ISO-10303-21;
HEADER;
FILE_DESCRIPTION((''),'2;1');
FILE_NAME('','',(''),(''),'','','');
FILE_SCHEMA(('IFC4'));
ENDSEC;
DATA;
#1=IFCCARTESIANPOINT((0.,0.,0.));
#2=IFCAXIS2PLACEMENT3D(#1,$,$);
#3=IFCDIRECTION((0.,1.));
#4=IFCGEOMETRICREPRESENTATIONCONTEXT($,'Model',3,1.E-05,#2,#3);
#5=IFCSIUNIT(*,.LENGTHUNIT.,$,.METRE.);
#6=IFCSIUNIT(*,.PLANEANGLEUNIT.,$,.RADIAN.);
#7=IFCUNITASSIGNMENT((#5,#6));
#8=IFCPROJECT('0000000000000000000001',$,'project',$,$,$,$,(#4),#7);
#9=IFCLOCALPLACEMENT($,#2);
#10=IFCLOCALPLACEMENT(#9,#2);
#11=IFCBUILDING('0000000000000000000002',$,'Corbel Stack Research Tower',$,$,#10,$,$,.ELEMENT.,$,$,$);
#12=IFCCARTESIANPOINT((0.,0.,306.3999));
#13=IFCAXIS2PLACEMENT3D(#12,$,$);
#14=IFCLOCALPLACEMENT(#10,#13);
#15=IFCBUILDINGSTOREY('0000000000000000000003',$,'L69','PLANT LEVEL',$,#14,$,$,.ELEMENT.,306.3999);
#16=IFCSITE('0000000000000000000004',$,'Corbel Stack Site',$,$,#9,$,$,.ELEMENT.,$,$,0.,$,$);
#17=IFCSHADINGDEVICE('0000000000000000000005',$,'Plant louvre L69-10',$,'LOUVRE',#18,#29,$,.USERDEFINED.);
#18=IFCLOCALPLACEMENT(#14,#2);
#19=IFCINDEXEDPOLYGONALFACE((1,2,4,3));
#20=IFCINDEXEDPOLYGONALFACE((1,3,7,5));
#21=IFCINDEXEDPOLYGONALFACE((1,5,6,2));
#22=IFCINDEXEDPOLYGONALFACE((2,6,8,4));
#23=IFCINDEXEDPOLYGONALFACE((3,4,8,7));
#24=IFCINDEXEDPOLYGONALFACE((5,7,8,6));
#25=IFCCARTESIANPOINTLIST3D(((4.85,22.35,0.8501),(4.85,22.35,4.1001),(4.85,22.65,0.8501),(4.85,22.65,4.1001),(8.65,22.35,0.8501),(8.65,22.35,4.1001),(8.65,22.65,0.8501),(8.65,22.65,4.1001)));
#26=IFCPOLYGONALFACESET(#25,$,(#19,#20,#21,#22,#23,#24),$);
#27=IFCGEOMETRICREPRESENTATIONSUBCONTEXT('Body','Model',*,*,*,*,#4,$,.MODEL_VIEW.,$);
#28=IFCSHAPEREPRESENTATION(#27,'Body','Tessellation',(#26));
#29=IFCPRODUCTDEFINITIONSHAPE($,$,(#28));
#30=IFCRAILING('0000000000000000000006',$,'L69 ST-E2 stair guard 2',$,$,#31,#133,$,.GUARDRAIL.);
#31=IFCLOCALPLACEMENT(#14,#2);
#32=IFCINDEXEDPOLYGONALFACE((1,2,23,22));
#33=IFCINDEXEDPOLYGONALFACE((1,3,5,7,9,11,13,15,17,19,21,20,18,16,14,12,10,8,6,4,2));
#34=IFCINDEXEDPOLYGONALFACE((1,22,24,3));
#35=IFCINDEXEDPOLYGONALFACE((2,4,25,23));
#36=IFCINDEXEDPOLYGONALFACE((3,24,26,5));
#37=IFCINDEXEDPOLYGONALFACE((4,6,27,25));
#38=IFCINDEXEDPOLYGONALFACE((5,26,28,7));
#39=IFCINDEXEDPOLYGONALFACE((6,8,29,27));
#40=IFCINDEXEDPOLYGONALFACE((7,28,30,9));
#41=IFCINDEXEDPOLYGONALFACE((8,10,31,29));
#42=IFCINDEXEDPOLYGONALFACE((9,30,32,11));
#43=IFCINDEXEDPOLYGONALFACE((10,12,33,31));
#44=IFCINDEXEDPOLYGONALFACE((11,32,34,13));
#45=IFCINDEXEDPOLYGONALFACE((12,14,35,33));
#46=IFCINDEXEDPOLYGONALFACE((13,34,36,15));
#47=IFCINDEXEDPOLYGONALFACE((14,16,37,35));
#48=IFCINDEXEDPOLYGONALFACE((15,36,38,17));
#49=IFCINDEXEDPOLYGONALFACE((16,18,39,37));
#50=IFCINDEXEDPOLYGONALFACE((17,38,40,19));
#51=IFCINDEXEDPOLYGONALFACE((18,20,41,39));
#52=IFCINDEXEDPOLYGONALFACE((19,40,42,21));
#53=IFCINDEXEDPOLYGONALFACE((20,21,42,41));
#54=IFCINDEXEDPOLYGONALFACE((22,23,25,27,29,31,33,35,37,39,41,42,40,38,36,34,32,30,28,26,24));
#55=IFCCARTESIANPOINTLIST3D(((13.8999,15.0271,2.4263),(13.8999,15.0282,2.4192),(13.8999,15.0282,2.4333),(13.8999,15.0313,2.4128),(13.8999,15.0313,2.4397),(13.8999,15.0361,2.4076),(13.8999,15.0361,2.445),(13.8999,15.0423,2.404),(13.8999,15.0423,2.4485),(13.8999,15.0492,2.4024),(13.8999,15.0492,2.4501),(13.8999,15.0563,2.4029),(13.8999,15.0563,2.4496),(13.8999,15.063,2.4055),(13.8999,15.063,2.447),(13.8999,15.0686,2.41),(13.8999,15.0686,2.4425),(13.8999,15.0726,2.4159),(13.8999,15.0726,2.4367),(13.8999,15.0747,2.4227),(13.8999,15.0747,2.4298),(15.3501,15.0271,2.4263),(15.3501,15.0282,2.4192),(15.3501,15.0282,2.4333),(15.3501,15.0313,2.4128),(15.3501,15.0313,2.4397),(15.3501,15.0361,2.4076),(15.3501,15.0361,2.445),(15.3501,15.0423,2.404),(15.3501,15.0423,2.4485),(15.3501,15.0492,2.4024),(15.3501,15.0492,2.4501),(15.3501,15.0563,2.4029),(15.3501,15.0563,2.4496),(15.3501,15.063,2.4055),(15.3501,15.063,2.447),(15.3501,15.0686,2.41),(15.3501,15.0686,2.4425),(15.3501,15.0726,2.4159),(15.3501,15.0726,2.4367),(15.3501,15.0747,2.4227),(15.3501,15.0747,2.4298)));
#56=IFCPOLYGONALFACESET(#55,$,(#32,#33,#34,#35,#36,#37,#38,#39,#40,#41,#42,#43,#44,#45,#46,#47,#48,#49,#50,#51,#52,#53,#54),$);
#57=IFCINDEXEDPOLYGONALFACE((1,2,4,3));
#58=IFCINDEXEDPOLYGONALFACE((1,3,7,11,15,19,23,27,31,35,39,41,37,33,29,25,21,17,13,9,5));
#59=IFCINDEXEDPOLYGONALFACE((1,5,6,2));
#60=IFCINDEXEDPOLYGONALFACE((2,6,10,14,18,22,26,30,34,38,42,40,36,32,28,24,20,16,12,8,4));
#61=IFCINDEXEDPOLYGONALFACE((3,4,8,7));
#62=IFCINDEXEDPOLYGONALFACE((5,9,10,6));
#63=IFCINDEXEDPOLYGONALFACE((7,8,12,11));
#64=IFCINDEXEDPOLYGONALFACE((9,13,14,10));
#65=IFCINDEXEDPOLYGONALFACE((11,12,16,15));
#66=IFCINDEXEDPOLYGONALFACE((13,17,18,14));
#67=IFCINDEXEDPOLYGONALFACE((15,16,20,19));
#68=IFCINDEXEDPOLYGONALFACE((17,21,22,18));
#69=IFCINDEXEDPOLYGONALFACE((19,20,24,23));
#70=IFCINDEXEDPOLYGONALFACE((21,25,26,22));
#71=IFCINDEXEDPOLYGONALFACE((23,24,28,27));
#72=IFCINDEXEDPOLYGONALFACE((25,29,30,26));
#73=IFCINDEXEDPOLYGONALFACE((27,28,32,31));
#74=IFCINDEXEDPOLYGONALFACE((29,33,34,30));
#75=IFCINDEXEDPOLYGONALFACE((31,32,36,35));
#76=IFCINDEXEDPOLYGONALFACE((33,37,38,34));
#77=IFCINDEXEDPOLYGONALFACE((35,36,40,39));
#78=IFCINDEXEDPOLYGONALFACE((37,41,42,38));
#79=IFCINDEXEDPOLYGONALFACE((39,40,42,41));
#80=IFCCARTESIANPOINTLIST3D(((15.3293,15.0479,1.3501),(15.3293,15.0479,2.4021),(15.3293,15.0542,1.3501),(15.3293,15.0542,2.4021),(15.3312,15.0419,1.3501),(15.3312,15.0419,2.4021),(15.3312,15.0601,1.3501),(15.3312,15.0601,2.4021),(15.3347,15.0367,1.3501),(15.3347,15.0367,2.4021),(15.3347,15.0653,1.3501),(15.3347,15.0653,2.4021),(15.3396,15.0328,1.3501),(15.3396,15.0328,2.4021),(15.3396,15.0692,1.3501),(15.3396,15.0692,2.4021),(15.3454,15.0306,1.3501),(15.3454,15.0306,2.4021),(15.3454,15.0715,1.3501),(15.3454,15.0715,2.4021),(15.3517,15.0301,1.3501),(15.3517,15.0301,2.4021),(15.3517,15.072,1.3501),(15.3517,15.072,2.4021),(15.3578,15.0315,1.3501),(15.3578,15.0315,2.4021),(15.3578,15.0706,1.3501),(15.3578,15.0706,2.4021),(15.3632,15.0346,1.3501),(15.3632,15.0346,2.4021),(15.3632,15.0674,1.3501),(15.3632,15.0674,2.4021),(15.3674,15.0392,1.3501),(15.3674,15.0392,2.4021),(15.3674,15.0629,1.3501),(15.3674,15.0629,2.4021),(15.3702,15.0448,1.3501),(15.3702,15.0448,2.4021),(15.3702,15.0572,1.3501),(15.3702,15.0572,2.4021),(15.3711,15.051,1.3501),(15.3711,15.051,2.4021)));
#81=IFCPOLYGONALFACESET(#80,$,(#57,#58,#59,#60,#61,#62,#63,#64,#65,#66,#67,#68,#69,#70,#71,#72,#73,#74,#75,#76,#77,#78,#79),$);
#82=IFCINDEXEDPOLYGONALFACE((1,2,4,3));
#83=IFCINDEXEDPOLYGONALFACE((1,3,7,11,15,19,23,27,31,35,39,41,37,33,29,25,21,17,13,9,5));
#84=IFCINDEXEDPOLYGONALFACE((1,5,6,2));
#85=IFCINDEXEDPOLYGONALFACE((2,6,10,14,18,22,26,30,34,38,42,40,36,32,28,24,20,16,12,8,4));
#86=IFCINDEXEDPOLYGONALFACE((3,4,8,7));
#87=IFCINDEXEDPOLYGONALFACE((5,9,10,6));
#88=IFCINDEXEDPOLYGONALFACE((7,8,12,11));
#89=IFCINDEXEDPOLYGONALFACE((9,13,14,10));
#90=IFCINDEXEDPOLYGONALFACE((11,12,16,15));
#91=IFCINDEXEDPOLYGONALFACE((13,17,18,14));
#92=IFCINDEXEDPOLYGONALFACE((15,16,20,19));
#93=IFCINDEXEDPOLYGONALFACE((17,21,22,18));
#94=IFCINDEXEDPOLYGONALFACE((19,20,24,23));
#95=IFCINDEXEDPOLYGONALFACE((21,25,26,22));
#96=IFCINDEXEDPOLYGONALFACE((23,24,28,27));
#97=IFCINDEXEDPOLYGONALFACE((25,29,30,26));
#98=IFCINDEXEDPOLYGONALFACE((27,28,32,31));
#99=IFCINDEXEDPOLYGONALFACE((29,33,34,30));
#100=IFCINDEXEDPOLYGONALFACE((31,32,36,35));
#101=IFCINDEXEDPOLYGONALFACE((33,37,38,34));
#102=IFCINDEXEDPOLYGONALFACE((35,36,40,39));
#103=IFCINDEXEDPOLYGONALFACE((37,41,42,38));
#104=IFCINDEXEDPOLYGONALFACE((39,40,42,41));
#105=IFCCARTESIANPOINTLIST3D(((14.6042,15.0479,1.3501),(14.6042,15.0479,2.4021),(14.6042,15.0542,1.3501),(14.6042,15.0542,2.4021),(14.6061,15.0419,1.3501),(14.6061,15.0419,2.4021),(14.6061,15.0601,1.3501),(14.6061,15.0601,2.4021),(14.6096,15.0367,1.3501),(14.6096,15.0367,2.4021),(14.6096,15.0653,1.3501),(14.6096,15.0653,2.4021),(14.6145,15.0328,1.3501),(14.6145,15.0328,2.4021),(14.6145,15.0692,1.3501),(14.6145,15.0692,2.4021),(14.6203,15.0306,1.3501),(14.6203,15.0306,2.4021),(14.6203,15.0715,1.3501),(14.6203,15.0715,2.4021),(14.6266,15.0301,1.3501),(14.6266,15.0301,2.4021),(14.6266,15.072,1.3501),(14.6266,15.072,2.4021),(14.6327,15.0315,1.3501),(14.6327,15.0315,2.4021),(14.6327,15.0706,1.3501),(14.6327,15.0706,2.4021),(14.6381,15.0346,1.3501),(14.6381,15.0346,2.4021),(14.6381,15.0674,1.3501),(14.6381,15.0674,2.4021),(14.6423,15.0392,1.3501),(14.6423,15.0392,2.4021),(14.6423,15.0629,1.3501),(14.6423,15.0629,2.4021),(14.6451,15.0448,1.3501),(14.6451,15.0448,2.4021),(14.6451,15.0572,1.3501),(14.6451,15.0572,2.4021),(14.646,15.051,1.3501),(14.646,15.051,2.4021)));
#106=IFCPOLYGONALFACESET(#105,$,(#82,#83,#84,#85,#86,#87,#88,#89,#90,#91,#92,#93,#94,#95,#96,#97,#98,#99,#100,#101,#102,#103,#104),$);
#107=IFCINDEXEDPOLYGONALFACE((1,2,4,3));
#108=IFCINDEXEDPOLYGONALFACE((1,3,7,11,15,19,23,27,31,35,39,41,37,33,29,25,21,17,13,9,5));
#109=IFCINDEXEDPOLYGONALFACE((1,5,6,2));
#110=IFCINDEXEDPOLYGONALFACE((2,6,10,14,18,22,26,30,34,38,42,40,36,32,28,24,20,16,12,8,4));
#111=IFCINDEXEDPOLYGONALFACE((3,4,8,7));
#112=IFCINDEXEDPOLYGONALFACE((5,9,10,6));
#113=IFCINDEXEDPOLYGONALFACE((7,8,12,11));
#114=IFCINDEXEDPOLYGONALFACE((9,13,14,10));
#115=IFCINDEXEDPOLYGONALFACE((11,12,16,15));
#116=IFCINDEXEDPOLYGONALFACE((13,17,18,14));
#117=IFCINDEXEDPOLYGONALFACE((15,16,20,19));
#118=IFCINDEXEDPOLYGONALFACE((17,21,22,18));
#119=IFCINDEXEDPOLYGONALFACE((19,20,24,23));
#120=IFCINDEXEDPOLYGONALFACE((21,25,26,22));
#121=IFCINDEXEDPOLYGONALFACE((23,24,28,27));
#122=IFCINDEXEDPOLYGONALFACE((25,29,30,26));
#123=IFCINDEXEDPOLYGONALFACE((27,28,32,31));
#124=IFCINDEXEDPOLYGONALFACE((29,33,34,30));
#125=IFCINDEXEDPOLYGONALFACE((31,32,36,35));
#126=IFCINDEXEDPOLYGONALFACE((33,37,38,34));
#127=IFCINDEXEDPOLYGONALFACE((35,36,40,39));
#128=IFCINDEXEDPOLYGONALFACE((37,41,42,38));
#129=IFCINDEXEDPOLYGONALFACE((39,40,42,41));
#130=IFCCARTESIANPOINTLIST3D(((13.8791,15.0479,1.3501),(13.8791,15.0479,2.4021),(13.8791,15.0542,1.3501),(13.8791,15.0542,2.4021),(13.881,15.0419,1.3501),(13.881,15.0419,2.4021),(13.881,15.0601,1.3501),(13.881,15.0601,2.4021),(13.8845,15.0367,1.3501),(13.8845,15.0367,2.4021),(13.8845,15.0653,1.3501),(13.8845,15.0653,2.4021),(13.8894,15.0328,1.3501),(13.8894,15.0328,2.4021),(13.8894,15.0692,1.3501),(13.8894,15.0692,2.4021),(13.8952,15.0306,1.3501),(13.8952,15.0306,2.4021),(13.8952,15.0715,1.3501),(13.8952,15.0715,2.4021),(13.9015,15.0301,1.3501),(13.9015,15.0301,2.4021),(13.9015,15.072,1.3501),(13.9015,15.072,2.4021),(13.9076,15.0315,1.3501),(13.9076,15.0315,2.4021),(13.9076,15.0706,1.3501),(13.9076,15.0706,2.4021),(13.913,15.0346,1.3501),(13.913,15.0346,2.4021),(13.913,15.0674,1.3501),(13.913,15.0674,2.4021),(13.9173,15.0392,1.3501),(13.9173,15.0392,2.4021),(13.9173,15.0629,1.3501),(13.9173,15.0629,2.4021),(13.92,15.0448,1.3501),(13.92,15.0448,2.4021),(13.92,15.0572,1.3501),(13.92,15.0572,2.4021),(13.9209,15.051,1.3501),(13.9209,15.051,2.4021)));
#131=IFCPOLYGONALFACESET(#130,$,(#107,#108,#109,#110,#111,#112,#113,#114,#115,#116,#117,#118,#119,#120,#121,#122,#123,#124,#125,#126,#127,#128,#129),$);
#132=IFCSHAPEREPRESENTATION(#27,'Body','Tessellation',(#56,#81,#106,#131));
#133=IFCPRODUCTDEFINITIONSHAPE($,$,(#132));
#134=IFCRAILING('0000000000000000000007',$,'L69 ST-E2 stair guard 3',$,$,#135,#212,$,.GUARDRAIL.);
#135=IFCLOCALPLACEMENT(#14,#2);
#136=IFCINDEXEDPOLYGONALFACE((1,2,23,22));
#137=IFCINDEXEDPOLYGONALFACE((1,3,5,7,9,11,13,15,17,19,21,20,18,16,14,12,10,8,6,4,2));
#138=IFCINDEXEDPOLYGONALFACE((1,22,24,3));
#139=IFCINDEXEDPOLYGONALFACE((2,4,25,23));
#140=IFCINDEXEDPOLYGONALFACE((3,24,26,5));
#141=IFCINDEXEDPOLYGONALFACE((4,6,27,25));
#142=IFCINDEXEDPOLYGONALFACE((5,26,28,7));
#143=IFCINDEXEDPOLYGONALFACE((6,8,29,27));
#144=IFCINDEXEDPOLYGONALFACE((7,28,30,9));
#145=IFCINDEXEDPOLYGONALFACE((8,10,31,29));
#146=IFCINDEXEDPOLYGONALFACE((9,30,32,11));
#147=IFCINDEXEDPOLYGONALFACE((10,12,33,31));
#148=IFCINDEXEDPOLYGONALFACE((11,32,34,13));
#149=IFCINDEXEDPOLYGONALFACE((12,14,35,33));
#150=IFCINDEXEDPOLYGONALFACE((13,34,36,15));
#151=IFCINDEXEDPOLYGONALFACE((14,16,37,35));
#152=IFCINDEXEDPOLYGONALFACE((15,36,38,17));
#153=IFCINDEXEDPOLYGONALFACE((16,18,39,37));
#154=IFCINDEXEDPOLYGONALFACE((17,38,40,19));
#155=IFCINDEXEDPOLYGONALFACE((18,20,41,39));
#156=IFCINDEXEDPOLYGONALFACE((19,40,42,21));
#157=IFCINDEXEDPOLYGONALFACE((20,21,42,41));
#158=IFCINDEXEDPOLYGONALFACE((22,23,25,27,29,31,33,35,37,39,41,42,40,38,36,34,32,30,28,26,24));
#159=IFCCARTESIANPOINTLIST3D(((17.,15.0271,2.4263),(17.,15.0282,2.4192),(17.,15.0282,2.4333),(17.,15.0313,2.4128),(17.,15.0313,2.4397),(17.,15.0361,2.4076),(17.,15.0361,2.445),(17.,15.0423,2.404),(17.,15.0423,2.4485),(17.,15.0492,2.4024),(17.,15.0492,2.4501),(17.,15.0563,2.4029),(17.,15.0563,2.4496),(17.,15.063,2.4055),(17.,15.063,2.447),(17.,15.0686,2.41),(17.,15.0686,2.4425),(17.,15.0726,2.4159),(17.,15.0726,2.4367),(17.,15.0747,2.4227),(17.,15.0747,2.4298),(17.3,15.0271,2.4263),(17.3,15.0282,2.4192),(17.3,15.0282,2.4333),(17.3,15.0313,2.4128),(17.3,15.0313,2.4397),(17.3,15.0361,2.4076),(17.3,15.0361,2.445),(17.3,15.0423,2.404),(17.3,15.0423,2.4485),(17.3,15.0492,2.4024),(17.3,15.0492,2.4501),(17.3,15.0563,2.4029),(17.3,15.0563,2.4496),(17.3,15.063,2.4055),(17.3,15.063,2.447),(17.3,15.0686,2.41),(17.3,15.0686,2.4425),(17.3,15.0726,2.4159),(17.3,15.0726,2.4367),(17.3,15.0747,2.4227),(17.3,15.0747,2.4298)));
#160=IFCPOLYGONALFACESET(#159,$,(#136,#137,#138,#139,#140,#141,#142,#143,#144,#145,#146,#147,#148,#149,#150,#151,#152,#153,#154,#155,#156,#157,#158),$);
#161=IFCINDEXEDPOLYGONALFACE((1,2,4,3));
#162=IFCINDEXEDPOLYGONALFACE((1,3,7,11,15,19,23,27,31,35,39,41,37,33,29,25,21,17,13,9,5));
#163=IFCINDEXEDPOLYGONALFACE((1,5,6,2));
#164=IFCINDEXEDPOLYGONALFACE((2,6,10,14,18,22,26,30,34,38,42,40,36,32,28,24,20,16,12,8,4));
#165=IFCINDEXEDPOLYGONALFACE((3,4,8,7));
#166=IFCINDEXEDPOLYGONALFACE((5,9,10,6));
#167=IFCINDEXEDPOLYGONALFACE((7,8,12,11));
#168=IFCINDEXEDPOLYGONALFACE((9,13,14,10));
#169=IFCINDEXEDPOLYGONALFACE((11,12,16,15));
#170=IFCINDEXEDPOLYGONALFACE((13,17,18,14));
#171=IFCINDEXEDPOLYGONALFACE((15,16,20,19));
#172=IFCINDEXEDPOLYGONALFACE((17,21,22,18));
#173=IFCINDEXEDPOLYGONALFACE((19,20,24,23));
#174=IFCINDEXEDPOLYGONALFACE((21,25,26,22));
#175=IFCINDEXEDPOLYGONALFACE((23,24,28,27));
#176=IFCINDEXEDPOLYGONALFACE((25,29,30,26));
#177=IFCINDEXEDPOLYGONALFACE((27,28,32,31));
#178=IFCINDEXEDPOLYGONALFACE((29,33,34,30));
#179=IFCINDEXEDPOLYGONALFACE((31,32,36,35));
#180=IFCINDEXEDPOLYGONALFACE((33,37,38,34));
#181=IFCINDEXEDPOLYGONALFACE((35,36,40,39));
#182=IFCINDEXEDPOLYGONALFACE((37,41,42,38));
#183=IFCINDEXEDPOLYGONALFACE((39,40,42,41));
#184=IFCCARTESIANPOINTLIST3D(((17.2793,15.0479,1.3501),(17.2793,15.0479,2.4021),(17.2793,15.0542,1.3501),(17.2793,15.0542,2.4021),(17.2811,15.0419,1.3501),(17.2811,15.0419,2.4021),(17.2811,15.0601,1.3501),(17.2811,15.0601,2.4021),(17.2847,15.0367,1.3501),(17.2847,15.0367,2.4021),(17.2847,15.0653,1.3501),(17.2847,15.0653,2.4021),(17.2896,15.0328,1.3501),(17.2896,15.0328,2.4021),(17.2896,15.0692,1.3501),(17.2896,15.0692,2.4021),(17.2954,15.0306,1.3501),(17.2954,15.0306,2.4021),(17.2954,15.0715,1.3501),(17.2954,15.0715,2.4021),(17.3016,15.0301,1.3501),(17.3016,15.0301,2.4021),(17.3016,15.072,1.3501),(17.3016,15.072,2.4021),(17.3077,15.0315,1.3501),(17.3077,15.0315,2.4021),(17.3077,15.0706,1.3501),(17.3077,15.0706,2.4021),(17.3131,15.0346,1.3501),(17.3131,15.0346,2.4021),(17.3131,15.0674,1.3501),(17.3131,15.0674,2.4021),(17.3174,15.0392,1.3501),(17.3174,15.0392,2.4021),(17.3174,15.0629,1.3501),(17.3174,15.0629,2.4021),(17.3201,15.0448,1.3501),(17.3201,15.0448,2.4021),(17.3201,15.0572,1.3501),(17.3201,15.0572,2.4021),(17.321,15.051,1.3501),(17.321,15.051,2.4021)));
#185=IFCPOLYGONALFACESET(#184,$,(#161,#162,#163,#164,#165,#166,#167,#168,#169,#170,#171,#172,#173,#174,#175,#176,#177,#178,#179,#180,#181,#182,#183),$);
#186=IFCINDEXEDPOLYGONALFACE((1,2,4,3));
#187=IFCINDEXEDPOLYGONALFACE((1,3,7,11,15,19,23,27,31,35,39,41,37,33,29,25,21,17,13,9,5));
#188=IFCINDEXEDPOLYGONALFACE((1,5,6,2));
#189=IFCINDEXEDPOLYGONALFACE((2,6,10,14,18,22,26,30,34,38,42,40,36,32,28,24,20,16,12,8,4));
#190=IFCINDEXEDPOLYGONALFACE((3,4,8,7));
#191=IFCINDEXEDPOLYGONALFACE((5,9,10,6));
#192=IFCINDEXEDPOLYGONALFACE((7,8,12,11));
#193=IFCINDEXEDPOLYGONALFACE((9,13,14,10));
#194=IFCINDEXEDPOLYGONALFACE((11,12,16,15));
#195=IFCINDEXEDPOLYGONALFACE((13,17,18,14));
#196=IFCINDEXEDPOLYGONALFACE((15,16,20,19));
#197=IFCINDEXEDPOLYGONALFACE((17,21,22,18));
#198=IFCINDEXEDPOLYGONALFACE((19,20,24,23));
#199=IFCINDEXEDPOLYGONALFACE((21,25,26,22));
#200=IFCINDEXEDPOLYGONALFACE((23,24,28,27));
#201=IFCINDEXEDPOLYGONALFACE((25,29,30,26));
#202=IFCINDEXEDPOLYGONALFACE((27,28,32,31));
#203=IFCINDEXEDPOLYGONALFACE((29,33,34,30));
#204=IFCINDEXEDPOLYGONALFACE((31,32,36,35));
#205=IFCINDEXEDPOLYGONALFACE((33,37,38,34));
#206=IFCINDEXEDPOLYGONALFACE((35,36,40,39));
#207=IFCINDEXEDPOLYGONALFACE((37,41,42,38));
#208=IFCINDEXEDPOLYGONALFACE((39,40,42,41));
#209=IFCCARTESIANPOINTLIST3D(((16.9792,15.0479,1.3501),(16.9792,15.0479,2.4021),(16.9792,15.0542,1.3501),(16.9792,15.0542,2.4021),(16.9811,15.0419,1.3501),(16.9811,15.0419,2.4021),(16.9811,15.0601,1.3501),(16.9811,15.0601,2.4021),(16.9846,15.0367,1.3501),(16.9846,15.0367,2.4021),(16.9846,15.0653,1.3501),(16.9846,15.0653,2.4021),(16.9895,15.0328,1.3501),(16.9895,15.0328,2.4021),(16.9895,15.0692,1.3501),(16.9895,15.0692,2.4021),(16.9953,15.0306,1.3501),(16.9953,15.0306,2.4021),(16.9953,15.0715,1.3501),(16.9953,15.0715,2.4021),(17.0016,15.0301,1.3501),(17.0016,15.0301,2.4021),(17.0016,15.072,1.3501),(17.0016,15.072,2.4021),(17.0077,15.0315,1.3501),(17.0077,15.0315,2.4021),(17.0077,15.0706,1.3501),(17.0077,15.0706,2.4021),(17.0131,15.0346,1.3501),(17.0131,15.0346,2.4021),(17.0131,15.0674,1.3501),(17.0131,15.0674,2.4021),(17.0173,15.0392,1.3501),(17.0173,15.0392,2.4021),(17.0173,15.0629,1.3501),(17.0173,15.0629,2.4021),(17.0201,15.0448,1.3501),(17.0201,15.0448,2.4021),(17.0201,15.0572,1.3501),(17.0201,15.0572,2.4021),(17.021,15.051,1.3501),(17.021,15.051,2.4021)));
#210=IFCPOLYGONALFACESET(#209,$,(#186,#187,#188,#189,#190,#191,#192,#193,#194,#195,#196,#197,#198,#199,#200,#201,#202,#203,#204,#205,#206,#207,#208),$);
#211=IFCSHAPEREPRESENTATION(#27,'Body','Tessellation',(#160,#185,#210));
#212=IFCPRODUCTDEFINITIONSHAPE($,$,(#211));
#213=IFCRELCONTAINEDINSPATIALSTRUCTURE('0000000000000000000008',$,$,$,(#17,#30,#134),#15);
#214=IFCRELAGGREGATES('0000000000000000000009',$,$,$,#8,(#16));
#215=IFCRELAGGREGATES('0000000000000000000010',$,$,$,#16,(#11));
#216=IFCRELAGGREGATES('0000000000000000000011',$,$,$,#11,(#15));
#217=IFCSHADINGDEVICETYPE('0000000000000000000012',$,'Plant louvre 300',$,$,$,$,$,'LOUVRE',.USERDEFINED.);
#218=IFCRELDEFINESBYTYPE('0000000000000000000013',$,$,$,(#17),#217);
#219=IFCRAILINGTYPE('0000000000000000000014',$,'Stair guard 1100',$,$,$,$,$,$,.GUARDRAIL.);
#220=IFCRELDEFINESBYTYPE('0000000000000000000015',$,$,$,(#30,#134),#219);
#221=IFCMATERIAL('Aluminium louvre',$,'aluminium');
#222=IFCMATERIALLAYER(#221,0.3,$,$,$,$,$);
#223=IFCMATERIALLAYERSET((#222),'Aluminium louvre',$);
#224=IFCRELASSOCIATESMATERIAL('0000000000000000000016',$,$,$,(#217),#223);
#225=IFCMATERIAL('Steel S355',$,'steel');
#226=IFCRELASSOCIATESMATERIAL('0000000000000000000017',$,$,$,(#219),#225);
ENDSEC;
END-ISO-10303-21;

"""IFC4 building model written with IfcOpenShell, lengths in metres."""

from ifc_helpers import new_model, si_unit, direction, frame, origin, origin_2d, place, context, subcontext, project, spatial, rectangle, circle, extrude, material, layer, layer_set, type_object, element, save


model = new_model("IFC4")

# Units and contexts
model_context = context("Model", 3, precision=1e-05, world=origin(), true_north=direction((0.0, 1.0)))
body_context = subcontext(model_context, "Body", "Model", "MODEL_VIEW")
ifc_project = project(units=[si_unit("LENGTHUNIT", "METRE"), si_unit("PLANEANGLEUNIT", "RADIAN")], contexts=[model_context])

# Site, building, storey
site_placement = place(None, origin())
site = spatial("IfcSite", under=ifc_project, at=site_placement, Name="Corbel Stack Site", CompositionType="ELEMENT", RefElevation=0.0)
building_placement = place(site_placement, origin())
building = spatial("IfcBuilding", under=site, at=building_placement, Name="Corbel Stack Research Tower", CompositionType="ELEMENT")
storey_placement = place(building_placement, frame((0.0, 0.0, 306.3999)))
storey = spatial("IfcBuildingStorey", under=building, at=storey_placement, Name="L69", Description="PLANT LEVEL", CompositionType="ELEMENT", Elevation=306.3999)

# Shading device
ifc_material_1 = material(Name="Aluminium louvre", Category="aluminium")
ifc_layer_1 = layer(ifc_material_1, 0.3)
ifc_layer_set_1 = layer_set([ifc_layer_1], Name="Aluminium louvre")
shading_device_type = type_object("IfcShadingDeviceType", Name="Plant louvre 300", ElementType="LOUVRE", PredefinedType="USERDEFINED", material=ifc_layer_set_1)
for number, where, z_axis, x_axis, name in (
    (1, (6.75, 22.5, 0.8501), (0.0, 0.0, 1.0), (-1.0, 0.0, 0.0), "Plant louvre L69-10"),
):
    element("IfcShadingDevice", number, at=place(storey_placement, frame(where, z_axis=z_axis, x_axis=x_axis)), inside=storey, type_object=shading_device_type, Name=name, ObjectType="LOUVRE", PredefinedType="USERDEFINED", context=body_context, shape_type="SweptSolid", body=[
        extrude(rectangle(XDim=3.8, YDim=0.3, at=origin_2d()), origin(), (0.0, 0.0, 1.0), 3.25),
    ])

# Railings
ifc_material_2 = material(Name="Steel S355", Category="steel")
railing_type = type_object("IfcRailingType", Name="Stair guard 1100", PredefinedType="GUARDRAIL", material=ifc_material_2)
railing_1_placement = place(storey_placement, frame((15.3501, 15.051, 1.3501)))
element("IfcRailing", 2, at=railing_1_placement, inside=storey, type_object=railing_type, Name="L69 ST-E2 stair guard 2", PredefinedType="GUARDRAIL", context=body_context, shape_type="SweptSolid", body=[
    extrude(circle(Radius=0.0239, at=origin_2d()), frame((0.0, 0.0, 1.0762), z_axis=(-1.0, 0.0, 0.0), x_axis=(0.0, -1.0, 0.0)), (0.0, 0.0, 1.0), 1.4502),
    extrude(circle(Radius=0.021, at=origin_2d()), origin(), (0.0, 0.0, 1.0), 1.052),
    extrude(circle(Radius=0.021, at=origin_2d()), frame((-0.7251, 0.0, 0.0)), (0.0, 0.0, 1.0), 1.052),
    extrude(circle(Radius=0.021, at=origin_2d()), frame((-1.4502, 0.0, 0.0)), (0.0, 0.0, 1.0), 1.052),
])
railing_2_placement = place(storey_placement, frame((17.3, 15.051, 1.3501)))
element("IfcRailing", 3, at=railing_2_placement, inside=storey, type_object=railing_type, Name="L69 ST-E2 stair guard 3", PredefinedType="GUARDRAIL", context=body_context, shape_type="SweptSolid", body=[
    extrude(circle(Radius=0.0239, at=origin_2d()), frame((0.0, 0.0, 1.0762), z_axis=(-1.0, 0.0, 0.0), x_axis=(0.0, -1.0, 0.0)), (0.0, 0.0, 1.0), 0.3),
    extrude(circle(Radius=0.021, at=origin_2d()), origin(), (0.0, 0.0, 1.0), 1.052),
    extrude(circle(Radius=0.021, at=origin_2d()), frame((-0.3, 0.0, 0.0)), (0.0, 0.0, 1.0), 1.052),
])

save(model, "model.ifc")
